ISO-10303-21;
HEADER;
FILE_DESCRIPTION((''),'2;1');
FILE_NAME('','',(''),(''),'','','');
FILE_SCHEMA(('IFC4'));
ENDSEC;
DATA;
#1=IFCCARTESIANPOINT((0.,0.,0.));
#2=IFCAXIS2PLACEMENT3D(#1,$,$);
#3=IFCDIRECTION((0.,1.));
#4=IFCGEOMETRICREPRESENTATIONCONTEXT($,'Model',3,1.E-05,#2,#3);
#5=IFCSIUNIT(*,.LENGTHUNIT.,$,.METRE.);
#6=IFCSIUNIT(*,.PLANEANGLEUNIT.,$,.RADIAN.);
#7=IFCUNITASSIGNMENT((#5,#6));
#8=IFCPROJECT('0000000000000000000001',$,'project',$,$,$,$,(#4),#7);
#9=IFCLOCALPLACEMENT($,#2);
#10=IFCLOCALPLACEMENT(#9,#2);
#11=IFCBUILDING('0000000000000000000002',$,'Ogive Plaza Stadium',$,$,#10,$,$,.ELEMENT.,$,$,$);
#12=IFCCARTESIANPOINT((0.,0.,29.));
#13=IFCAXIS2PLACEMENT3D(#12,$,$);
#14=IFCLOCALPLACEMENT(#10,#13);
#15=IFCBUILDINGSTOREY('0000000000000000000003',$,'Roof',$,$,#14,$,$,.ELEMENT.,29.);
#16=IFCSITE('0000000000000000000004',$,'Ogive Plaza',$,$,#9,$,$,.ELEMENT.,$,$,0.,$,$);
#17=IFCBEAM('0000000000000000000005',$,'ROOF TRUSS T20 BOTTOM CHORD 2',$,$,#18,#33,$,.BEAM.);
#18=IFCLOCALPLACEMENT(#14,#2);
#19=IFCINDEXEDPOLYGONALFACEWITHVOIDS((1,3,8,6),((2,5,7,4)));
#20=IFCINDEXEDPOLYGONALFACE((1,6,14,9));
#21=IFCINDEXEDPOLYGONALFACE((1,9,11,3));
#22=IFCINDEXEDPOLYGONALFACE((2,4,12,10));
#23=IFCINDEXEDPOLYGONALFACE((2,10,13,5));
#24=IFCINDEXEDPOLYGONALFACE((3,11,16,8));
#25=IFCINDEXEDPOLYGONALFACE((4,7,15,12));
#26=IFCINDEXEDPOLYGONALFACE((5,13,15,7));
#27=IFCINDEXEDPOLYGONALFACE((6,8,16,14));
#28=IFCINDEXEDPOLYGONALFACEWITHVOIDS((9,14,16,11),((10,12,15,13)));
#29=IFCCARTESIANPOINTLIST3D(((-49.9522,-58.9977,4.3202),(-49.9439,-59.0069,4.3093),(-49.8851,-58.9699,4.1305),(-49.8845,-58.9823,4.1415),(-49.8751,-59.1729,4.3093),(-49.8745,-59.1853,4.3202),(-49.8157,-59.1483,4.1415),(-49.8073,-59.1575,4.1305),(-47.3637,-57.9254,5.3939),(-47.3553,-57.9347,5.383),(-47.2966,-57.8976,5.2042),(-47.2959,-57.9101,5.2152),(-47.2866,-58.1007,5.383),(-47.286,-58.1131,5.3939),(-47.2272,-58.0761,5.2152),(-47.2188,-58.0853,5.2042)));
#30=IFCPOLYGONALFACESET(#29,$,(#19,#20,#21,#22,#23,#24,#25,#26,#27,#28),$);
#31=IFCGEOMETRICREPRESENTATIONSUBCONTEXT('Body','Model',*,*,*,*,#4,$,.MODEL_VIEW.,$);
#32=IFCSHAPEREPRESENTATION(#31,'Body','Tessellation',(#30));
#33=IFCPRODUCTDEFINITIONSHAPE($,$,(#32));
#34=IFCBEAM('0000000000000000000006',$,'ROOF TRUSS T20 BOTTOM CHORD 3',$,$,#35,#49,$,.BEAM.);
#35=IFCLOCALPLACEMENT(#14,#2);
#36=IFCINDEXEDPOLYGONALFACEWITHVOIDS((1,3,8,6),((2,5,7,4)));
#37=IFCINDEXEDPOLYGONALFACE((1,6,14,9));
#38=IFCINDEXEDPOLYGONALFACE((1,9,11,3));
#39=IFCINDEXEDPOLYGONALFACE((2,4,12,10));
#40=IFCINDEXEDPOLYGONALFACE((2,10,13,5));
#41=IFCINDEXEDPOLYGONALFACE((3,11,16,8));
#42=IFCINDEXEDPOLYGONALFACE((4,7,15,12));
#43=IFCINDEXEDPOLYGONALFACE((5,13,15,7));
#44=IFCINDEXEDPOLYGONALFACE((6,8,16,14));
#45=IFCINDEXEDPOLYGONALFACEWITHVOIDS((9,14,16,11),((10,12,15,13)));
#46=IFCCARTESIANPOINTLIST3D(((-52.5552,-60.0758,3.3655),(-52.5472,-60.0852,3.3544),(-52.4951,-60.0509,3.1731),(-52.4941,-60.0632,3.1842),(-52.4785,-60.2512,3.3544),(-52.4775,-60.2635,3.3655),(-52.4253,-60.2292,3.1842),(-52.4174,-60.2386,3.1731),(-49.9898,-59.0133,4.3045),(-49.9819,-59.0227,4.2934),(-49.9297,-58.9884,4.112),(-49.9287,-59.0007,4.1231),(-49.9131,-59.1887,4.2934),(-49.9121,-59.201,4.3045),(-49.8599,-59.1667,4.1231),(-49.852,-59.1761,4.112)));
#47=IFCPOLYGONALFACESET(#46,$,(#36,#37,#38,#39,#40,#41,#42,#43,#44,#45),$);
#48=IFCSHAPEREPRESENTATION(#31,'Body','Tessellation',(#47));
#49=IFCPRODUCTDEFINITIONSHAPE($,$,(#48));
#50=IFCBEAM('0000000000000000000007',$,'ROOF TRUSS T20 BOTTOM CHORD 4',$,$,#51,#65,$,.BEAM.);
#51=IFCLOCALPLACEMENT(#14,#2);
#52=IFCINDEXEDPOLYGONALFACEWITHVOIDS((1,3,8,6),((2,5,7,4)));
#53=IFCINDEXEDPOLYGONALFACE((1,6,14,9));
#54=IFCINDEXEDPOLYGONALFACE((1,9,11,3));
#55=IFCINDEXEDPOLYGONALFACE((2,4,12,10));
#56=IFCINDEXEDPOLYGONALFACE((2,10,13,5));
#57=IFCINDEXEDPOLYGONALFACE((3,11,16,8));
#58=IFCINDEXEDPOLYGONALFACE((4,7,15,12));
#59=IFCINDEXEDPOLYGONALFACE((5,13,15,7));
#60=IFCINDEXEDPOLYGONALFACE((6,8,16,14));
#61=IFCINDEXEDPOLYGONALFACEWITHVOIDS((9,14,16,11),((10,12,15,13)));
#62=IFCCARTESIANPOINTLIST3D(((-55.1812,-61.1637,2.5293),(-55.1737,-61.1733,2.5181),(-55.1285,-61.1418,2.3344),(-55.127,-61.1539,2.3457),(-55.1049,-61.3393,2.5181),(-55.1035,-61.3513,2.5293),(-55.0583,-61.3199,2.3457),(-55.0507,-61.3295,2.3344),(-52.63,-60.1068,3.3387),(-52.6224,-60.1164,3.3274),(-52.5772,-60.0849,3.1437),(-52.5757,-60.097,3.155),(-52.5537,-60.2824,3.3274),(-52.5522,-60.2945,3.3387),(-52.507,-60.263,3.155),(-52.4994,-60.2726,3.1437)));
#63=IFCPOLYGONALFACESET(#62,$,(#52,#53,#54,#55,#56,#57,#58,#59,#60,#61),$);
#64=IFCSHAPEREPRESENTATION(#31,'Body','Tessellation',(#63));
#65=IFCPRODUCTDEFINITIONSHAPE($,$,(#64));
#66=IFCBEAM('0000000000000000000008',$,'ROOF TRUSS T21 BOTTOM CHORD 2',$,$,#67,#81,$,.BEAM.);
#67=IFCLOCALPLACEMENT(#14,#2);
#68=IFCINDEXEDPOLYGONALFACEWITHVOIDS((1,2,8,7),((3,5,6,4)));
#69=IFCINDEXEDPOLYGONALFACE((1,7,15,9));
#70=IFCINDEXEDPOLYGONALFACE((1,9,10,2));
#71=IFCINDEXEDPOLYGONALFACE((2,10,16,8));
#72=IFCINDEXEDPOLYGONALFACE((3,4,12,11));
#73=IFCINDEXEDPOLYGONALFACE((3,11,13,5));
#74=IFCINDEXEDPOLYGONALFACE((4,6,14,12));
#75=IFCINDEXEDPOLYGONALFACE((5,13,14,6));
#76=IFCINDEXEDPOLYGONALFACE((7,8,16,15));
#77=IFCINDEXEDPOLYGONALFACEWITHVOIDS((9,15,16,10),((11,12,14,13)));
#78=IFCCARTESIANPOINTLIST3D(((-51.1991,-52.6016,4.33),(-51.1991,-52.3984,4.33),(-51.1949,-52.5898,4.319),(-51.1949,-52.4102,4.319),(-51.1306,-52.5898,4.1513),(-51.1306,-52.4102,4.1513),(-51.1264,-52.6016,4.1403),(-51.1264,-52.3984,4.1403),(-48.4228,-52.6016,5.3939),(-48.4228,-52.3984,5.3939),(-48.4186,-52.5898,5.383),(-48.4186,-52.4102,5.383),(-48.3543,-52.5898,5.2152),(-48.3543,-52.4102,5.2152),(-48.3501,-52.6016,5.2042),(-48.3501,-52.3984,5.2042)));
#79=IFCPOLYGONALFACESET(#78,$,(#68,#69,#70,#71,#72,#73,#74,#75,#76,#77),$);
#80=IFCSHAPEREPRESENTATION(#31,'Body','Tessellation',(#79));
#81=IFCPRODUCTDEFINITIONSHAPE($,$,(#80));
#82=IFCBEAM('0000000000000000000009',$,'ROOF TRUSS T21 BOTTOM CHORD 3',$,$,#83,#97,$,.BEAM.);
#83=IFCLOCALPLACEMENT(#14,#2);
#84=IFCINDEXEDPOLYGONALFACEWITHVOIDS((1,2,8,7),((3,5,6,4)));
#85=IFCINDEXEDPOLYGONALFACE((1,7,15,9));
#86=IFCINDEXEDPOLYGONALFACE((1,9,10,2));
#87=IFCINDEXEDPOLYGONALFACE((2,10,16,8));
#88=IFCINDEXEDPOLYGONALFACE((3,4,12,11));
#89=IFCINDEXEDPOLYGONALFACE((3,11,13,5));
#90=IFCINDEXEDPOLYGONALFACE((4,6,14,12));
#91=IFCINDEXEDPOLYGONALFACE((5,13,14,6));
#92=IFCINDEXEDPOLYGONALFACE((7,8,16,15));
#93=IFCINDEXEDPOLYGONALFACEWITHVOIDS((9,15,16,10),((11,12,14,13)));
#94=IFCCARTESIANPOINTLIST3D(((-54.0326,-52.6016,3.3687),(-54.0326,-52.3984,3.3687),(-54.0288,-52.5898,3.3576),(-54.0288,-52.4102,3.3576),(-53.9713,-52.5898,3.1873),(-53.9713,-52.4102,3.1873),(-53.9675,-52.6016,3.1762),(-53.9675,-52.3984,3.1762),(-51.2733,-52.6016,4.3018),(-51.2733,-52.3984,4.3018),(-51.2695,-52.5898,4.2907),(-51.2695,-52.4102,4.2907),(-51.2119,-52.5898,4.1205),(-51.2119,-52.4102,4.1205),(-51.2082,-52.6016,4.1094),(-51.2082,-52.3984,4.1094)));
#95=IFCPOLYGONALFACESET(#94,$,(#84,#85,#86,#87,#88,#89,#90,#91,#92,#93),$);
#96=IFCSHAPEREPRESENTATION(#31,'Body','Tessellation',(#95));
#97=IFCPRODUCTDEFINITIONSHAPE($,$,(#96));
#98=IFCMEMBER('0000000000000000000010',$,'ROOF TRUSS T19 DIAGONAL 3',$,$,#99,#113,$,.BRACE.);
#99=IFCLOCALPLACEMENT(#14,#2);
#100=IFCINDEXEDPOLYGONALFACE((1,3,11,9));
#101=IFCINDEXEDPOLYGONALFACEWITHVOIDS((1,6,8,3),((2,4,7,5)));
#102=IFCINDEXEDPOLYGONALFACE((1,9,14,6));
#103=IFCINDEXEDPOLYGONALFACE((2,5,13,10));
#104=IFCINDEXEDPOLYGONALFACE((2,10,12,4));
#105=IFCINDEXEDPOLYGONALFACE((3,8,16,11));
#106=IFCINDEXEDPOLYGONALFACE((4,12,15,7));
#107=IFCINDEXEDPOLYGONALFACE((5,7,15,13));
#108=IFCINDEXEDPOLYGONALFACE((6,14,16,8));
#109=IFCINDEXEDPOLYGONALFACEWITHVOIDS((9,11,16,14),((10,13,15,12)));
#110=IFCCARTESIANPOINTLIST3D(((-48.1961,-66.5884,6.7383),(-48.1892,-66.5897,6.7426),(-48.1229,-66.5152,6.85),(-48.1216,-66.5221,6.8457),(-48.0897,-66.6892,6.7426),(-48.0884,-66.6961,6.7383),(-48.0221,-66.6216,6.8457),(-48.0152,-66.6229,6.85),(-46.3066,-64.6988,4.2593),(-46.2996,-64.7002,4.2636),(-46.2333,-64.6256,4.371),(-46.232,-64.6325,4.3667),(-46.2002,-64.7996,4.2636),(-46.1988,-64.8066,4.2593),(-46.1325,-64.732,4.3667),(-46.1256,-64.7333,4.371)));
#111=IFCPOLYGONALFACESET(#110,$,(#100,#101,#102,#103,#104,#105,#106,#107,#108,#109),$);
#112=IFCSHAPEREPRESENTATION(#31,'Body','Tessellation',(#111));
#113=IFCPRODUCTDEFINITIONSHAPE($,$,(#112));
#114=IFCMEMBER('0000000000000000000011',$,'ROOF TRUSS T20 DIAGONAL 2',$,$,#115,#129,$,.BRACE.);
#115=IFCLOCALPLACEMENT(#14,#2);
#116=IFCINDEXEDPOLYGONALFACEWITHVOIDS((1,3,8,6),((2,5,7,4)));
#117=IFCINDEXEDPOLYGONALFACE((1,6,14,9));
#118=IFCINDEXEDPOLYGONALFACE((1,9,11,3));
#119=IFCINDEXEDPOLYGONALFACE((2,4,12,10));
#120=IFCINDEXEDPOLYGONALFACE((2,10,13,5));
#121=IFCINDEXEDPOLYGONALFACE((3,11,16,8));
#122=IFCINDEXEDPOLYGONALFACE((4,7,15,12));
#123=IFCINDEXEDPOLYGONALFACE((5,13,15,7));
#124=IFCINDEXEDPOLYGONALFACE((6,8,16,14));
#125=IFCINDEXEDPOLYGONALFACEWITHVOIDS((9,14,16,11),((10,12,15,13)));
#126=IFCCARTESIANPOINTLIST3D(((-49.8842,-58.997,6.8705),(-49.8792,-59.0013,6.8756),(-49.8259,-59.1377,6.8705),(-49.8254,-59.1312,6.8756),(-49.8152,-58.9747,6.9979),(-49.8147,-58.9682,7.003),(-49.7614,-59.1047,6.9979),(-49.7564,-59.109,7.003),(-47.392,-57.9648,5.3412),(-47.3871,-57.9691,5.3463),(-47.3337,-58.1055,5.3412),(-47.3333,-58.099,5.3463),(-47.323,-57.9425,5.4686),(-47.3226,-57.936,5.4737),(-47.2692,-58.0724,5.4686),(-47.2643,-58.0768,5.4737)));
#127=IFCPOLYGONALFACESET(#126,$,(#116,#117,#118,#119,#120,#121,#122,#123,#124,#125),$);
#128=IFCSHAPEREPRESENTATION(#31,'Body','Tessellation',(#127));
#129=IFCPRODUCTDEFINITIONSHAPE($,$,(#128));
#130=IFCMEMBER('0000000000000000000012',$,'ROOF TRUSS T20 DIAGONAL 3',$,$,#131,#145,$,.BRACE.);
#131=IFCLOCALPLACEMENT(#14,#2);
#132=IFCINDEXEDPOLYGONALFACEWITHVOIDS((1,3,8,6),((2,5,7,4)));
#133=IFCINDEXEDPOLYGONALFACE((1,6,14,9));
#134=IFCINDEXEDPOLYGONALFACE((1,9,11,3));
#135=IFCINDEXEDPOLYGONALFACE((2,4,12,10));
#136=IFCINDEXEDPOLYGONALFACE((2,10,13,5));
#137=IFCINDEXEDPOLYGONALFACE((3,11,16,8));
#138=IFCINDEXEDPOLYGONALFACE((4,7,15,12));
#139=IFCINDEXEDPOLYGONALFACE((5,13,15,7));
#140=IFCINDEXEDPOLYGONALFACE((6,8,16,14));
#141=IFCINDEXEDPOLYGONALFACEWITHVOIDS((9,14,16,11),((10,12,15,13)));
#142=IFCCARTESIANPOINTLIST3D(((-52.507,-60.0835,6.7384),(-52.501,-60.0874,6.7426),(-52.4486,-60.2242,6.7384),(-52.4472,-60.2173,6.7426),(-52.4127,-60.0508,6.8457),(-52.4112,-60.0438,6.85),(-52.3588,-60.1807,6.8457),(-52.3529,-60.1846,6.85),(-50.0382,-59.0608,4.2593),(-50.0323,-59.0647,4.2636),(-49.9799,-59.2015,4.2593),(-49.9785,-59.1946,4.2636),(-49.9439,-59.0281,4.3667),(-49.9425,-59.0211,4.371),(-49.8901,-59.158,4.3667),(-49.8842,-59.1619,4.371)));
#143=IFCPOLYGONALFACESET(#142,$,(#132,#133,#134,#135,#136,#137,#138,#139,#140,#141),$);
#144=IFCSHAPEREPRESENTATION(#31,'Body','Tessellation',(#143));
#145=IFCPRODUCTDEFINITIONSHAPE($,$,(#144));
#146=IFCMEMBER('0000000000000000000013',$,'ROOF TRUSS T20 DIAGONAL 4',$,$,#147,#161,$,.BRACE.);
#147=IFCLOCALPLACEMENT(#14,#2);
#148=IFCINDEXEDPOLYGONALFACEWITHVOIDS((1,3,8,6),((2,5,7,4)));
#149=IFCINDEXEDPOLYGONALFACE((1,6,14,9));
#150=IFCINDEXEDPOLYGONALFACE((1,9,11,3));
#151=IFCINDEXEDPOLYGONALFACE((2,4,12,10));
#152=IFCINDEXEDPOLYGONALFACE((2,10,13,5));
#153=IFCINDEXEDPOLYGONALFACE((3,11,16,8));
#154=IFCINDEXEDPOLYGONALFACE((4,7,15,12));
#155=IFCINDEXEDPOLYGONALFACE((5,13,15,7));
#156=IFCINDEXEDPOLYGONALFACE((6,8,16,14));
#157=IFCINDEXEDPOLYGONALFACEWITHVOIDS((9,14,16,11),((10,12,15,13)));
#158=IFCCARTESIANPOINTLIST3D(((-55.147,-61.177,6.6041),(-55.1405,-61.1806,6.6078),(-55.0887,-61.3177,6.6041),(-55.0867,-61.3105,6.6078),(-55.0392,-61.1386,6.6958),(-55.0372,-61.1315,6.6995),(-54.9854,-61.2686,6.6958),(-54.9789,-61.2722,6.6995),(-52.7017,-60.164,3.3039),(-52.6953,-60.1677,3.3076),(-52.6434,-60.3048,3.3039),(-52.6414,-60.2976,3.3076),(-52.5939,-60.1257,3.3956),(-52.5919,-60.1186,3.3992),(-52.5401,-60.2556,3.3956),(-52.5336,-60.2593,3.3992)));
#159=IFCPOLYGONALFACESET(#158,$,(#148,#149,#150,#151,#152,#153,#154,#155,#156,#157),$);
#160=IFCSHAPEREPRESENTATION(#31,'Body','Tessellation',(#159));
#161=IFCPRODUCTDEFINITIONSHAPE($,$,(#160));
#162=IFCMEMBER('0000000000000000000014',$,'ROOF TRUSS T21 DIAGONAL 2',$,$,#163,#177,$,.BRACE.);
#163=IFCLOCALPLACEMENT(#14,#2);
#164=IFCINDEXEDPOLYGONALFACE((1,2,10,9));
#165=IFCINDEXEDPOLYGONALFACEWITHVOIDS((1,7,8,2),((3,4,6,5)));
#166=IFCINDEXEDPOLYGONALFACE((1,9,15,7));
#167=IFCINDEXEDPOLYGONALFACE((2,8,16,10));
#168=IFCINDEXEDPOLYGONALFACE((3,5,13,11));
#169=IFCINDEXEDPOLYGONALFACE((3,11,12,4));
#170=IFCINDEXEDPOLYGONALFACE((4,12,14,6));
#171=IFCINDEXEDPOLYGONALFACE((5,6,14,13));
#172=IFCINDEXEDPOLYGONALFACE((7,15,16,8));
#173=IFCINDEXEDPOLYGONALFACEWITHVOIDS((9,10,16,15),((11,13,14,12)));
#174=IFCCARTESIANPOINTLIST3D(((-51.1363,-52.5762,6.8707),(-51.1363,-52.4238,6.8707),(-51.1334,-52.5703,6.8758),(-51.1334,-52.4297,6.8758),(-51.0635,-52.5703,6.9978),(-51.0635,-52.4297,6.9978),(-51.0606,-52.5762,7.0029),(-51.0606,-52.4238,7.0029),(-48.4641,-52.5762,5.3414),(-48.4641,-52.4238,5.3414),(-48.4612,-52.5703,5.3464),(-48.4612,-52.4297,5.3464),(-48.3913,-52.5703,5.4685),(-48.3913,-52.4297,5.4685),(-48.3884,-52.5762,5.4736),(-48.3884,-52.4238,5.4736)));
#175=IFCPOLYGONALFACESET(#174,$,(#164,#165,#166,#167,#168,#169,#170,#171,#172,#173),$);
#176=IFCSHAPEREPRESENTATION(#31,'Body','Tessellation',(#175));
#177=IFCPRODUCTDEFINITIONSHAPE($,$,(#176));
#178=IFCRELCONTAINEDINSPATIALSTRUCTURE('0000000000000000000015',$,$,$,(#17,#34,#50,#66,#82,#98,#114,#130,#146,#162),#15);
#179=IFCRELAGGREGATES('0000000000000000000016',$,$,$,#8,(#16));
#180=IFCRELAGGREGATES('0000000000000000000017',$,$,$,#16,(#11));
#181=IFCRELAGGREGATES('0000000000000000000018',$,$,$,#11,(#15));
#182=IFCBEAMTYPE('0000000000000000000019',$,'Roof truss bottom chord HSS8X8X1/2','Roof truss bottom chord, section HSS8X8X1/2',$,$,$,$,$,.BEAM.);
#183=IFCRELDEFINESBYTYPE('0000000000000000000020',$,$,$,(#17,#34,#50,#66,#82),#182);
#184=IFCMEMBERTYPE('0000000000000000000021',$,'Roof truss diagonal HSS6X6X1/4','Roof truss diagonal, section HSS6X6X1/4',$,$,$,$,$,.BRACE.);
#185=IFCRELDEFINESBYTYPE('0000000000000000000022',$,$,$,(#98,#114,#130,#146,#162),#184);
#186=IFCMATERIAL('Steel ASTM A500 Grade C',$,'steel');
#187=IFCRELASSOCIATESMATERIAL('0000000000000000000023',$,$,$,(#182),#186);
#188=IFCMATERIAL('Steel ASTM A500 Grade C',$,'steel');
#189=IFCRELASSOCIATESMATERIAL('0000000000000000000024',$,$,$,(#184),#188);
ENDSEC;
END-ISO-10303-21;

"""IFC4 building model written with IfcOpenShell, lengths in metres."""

from ifc_helpers import new_model, si_unit, direction, frame, origin, origin_2d, place, context, subcontext, project, spatial, hollow_rectangle, extrude, material, material_profile, profile_set, type_object, element, save


model = new_model("IFC4")

# Units and contexts
model_context = context("Model", 3, precision=1e-05, world=origin(), true_north=direction((0.0, 1.0)))
body_context = subcontext(model_context, "Body", "Model", "MODEL_VIEW")
ifc_project = project(units=[si_unit("LENGTHUNIT", "METRE"), si_unit("PLANEANGLEUNIT", "RADIAN")], contexts=[model_context])

# Site, building, storey
site_placement = place(None, origin())
site = spatial("IfcSite", under=ifc_project, at=site_placement, Name="Ogive Plaza", CompositionType="ELEMENT", RefElevation=0.0)
building_placement = place(site_placement, origin())
building = spatial("IfcBuilding", under=site, at=building_placement, Name="Ogive Plaza Stadium", CompositionType="ELEMENT")
storey_placement = place(building_placement, frame((0.0, 0.0, 29.0)))
storey = spatial("IfcBuildingStorey", under=building, at=storey_placement, Name="Roof", CompositionType="ELEMENT", Elevation=29.0)

# Beams
ifc_material_1 = material(Name="Steel ASTM A500 Grade C", Category="steel")
ifc_material_profile_1 = material_profile(ifc_material_1, hollow_rectangle(XDim=0.2031, YDim=0.2031, WallThickness=0.0117, at=origin_2d()), Name="HSS8X8X1/2")
ifc_profile_set_1 = profile_set([ifc_material_profile_1], Name="Steel ASTM A500 Grade C")
beam_type_1 = type_object("IfcBeamType", Name="Roof truss bottom chord HSS8X8X1/2", Description="Roof truss bottom chord, section HSS8X8X1/2", PredefinedType="BEAM", material=ifc_profile_set_1)
beam_1_placement = place(storey_placement, frame((-47.2913, -58.0054, 5.2991), z_axis=(-0.862701, -0.35735, -0.357838), x_axis=(0.38269, -0.923877, 0.0)))
element("IfcBeam", 1, at=beam_1_placement, inside=storey, type_object=beam_type_1, Name="ROOF TRUSS T20 BOTTOM CHORD 2", PredefinedType="BEAM", context=body_context, shape_type="SweptSolid", body=[
    extrude(hollow_rectangle(XDim=0.2031, YDim=0.2031, WallThickness=0.0117, at=origin_2d()), origin(), (0.0, 0.0, 1.0), 3.0005),
])
beam_2_placement = place(storey_placement, frame((-49.9209, -59.0947, 4.2083), z_axis=(-0.875212, -0.362478, -0.320334), x_axis=(0.382642, -0.923897, 0.0)))
element("IfcBeam", 2, at=beam_2_placement, inside=storey, type_object=beam_type_1, Name="ROOF TRUSS T20 BOTTOM CHORD 3", PredefinedType="BEAM", context=body_context, shape_type="SweptSolid", body=[
    extrude(hollow_rectangle(XDim=0.2031, YDim=0.2031, WallThickness=0.0117, at=origin_2d()), origin(), (0.0, 0.0, 1.0), 2.9312),
])
beam_3_placement = place(storey_placement, frame((-52.5647, -60.1897, 3.2412), z_axis=(-0.886574, -0.367271, -0.281243), x_axis=(0.382719, -0.923865, 0.0)))
element("IfcBeam", 3, at=beam_3_placement, inside=storey, type_object=beam_type_1, Name="ROOF TRUSS T20 BOTTOM CHORD 4", PredefinedType="BEAM", context=body_context, shape_type="SweptSolid", body=[
    extrude(hollow_rectangle(XDim=0.2031, YDim=0.2031, WallThickness=0.0117, at=origin_2d()), origin(), (0.0, 0.0, 1.0), 2.8777),
])
beam_4_placement = place(storey_placement, frame((-48.3865, -52.5, 5.2991), z_axis=(-0.933781, 0.0, -0.357845), x_axis=(0.0, -1.0, 0.0)))
element("IfcBeam", 4, at=beam_4_placement, inside=storey, type_object=beam_type_1, Name="ROOF TRUSS T21 BOTTOM CHORD 2", PredefinedType="BEAM", context=body_context, shape_type="SweptSolid", body=[
    extrude(hollow_rectangle(XDim=0.2031, YDim=0.2031, WallThickness=0.0117, at=origin_2d()), origin(), (0.0, 0.0, 1.0), 2.9731),
])
beam_5_placement = place(storey_placement, frame((-51.2407, -52.5, 4.2056), z_axis=(-0.9473, 0.0, -0.320349), x_axis=(0.0, -1.0, 0.0)))
element("IfcBeam", 5, at=beam_5_placement, inside=storey, type_object=beam_type_1, Name="ROOF TRUSS T21 BOTTOM CHORD 3", PredefinedType="BEAM", context=body_context, shape_type="SweptSolid", body=[
    extrude(hollow_rectangle(XDim=0.2031, YDim=0.2031, WallThickness=0.0117, at=origin_2d()), origin(), (0.0, 0.0, 1.0), 2.9128),
])

# Members
ifc_material_2 = material(Name="Steel ASTM A500 Grade C", Category="steel")
ifc_material_profile_2 = material_profile(ifc_material_2, hollow_rectangle(XDim=0.1523, YDim=0.1523, WallThickness=0.0059, at=origin_2d()), Name="HSS6X6X1/4")
ifc_profile_set_2 = profile_set([ifc_material_profile_2], Name="Steel ASTM A500 Grade C")
member_type_1 = type_object("IfcMemberType", Name="Roof truss diagonal HSS6X6X1/4", Description="Roof truss diagonal, section HSS6X6X1/4", PredefinedType="BRACE", material=ifc_profile_set_2)
member_1_placement = place(storey_placement, frame((-46.2161, -64.7161, 4.3152), z_axis=(-0.518403, -0.518403, 0.680086), x_axis=(0.707107, -0.707107, 0.0)))
element("IfcMember", 6, at=member_1_placement, inside=storey, type_object=member_type_1, Name="ROOF TRUSS T19 DIAGONAL 3", PredefinedType="BRACE", context=body_context, shape_type="SweptSolid", body=[
    extrude(hollow_rectangle(XDim=0.1523, YDim=0.1523, WallThickness=0.0059, at=origin_2d()), origin(), (0.0, 0.0, 1.0), 3.645),
])
member_2_placement = place(storey_placement, frame((-47.3281, -58.0208, 5.4075), z_axis=(-0.803712, -0.332886, 0.493187), x_axis=(0.382661, -0.923889, 0.0)))
element("IfcMember", 7, at=member_2_placement, inside=storey, type_object=member_type_1, Name="ROOF TRUSS T20 DIAGONAL 2", PredefinedType="BRACE", context=body_context, shape_type="SweptSolid", body=[
    extrude(hollow_rectangle(XDim=0.1523, YDim=0.1523, WallThickness=0.0059, at=origin_2d()), origin(), (0.0, 0.0, 1.0), 3.1008),
])
member_3_placement = place(storey_placement, frame((-49.9612, -59.1113, 4.3152), z_axis=(-0.677295, -0.280577, 0.680109), x_axis=(0.38272, -0.923864, 0.0)))
element("IfcMember", 8, at=member_3_placement, inside=storey, type_object=member_type_1, Name="ROOF TRUSS T20 DIAGONAL 3", PredefinedType="BRACE", context=body_context, shape_type="SweptSolid", body=[
    extrude(hollow_rectangle(XDim=0.1523, YDim=0.1523, WallThickness=0.0059, at=origin_2d()), origin(), (0.0, 0.0, 1.0), 3.645),
])
member_4_placement = place(storey_placement, frame((-52.6177, -60.2117, 3.3516), z_axis=(-0.578013, -0.239435, 0.78011), x_axis=(0.382702, -0.923872, 0.0)))
element("IfcMember", 9, at=member_4_placement, inside=storey, type_object=member_type_1, Name="ROOF TRUSS T20 DIAGONAL 4", PredefinedType="BRACE", context=body_context, shape_type="SweptSolid", body=[
    extrude(hollow_rectangle(XDim=0.1523, YDim=0.1523, WallThickness=0.0059, at=origin_2d()), origin(), (0.0, 0.0, 1.0), 4.2305),
])
member_5_placement = place(storey_placement, frame((-48.4263, -52.5, 5.4075), z_axis=(-0.867911, 0.0, 0.49672), x_axis=(0.0, -1.0, 0.0)))
element("IfcMember", 10, at=member_5_placement, inside=storey, type_object=member_type_1, Name="ROOF TRUSS T21 DIAGONAL 2", PredefinedType="BRACE", context=body_context, shape_type="SweptSolid", body=[
    extrude(hollow_rectangle(XDim=0.1523, YDim=0.1523, WallThickness=0.0059, at=origin_2d()), origin(), (0.0, 0.0, 1.0), 3.0789),
])

save(model, "model.ifc")
